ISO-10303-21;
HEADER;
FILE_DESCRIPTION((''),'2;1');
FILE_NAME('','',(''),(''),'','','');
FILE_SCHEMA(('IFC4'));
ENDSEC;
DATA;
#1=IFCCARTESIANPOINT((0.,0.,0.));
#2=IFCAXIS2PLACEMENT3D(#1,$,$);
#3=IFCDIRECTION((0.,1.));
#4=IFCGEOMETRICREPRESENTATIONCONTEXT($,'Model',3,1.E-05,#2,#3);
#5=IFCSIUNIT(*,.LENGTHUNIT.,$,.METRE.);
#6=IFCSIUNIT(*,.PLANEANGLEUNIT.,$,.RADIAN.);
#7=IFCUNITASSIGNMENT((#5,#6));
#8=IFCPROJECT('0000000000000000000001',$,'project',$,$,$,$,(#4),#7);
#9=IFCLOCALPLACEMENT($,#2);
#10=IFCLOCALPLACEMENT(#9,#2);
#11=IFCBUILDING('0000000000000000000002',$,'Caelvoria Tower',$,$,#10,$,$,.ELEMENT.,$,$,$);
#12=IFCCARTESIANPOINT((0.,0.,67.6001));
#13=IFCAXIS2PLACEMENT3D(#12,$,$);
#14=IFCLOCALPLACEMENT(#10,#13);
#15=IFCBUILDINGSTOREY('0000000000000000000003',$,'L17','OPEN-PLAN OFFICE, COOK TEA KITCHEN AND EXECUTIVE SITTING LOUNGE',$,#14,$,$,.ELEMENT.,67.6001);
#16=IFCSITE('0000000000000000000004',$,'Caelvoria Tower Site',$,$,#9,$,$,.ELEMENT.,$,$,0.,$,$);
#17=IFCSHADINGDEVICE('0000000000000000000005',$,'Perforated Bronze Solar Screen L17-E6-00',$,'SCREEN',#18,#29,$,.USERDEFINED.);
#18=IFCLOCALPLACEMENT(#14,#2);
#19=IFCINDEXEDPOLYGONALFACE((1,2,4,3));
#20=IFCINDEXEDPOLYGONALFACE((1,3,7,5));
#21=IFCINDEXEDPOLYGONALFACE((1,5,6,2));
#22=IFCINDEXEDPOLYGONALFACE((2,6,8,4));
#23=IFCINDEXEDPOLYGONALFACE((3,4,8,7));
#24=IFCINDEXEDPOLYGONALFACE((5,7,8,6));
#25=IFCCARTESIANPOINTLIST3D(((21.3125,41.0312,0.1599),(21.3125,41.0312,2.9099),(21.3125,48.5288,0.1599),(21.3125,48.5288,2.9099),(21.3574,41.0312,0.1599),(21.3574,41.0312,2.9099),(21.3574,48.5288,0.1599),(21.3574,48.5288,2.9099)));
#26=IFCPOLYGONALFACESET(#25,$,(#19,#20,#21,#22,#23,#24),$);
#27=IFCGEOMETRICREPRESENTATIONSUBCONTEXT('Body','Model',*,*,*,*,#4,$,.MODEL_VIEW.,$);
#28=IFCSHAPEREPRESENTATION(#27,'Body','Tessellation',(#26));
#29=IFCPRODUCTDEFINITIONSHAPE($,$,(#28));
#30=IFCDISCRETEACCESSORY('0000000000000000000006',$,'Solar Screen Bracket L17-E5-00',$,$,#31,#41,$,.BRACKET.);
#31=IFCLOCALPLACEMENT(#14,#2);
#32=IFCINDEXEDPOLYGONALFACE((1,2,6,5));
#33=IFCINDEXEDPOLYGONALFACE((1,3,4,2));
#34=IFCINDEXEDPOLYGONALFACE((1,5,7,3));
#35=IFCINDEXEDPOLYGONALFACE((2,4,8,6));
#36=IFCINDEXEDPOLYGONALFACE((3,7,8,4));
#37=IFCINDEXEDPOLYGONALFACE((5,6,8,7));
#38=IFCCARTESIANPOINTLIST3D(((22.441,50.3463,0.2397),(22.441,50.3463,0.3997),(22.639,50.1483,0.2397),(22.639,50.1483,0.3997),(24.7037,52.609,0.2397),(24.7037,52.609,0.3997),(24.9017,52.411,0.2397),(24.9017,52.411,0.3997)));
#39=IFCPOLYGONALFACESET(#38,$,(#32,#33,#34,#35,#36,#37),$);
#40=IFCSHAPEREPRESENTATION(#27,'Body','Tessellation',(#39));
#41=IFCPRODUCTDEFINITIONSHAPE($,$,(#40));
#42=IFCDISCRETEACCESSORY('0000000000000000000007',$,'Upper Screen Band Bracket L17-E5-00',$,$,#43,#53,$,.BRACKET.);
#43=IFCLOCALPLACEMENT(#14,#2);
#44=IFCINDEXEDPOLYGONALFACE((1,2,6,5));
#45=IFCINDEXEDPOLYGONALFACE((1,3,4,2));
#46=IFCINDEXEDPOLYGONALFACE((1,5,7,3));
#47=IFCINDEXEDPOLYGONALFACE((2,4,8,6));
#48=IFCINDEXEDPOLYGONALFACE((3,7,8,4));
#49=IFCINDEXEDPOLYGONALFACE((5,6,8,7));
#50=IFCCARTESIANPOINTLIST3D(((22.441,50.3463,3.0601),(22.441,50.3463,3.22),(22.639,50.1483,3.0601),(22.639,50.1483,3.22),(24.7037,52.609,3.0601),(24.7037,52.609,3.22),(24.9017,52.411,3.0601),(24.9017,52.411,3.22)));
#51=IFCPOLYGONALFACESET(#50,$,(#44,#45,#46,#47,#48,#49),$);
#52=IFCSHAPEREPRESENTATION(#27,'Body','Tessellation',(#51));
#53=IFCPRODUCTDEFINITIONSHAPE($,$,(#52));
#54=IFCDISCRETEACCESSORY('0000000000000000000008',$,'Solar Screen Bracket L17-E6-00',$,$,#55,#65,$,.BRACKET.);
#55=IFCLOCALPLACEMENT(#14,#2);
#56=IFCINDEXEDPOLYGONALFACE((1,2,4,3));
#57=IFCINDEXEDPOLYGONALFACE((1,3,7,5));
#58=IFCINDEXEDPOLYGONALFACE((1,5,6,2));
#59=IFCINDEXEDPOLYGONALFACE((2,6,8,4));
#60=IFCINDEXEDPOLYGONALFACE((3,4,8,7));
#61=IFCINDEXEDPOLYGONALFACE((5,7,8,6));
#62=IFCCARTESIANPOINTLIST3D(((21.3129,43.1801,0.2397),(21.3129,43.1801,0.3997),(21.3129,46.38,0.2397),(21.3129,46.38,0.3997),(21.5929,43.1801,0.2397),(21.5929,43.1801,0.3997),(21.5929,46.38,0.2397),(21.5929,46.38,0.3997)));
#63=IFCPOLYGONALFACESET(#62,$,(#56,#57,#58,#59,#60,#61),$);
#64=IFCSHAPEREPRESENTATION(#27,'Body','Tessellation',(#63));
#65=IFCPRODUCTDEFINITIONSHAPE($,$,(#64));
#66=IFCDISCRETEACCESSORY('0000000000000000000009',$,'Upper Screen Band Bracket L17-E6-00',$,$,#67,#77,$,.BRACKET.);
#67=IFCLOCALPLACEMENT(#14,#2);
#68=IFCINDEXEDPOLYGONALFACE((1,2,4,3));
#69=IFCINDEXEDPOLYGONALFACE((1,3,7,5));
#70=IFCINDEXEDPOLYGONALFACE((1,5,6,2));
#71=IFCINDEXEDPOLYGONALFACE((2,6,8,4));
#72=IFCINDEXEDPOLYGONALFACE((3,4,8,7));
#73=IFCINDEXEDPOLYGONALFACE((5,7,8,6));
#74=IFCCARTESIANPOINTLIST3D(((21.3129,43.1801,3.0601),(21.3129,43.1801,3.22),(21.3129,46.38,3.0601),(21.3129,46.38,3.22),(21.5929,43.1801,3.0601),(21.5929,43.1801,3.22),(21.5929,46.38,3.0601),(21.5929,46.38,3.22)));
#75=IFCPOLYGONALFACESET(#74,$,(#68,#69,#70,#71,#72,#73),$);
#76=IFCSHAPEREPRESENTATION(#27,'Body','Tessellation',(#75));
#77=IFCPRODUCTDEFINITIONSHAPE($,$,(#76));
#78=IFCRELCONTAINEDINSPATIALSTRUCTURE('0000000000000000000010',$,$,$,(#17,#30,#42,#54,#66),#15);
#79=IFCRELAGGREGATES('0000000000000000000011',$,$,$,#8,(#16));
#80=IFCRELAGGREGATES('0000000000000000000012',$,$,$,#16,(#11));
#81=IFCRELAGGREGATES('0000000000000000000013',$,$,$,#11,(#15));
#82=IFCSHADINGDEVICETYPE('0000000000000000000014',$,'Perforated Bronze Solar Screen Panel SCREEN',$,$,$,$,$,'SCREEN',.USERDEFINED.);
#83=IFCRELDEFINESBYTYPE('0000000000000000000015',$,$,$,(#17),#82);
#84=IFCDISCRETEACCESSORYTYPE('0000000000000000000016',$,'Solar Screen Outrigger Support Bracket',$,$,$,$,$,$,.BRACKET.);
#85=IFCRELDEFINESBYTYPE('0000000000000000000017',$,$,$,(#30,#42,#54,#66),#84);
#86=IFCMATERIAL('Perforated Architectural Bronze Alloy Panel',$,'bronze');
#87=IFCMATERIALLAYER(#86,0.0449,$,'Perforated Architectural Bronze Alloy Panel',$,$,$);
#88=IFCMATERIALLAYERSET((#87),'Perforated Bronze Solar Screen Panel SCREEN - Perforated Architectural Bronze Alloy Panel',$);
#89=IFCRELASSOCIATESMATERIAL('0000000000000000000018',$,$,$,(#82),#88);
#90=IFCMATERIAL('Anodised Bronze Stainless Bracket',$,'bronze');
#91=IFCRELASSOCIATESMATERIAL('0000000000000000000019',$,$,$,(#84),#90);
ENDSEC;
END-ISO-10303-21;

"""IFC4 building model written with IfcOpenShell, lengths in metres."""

from ifc_helpers import new_model, si_unit, direction, frame, origin, origin_2d, place, context, subcontext, project, spatial, rectangle, extrude, material, layer, layer_set, type_object, element, save


model = new_model("IFC4")

# Units and contexts
model_context = context("Model", 3, precision=1e-05, world=origin(), true_north=direction((0.0, 1.0)))
body_context = subcontext(model_context, "Body", "Model", "MODEL_VIEW")
ifc_project = project(units=[si_unit("LENGTHUNIT", "METRE"), si_unit("PLANEANGLEUNIT", "RADIAN")], contexts=[model_context])

# Site, building, storey
site_placement = place(None, origin())
site = spatial("IfcSite", under=ifc_project, at=site_placement, Name="Caelvoria Tower Site", CompositionType="ELEMENT", RefElevation=0.0)
building_placement = place(site_placement, origin())
building = spatial("IfcBuilding", under=site, at=building_placement, Name="Caelvoria Tower", CompositionType="ELEMENT")
storey_placement = place(building_placement, frame((0.0, 0.0, 67.6001)))
storey = spatial("IfcBuildingStorey", under=building, at=storey_placement, Name="L17", Description="OPEN-PLAN OFFICE, COOK TEA KITCHEN AND EXECUTIVE SITTING LOUNGE", CompositionType="ELEMENT", Elevation=67.6001)

# Shading device
ifc_material_1 = material(Name="Perforated Architectural Bronze Alloy Panel", Category="bronze")
ifc_layer_1 = layer(ifc_material_1, 0.0449, Name="Perforated Architectural Bronze Alloy Panel")
ifc_layer_set_1 = layer_set([ifc_layer_1], Name="Perforated Bronze Solar Screen Panel SCREEN - Perforated Architectural Bronze Alloy Panel")
shading_device_type = type_object("IfcShadingDeviceType", Name="Perforated Bronze Solar Screen Panel SCREEN", ElementType="SCREEN", PredefinedType="USERDEFINED", material=ifc_layer_set_1)
shading_device_1_placement = place(storey_placement, frame((21.335, 44.78, 0.1599), z_axis=(0.0, 0.0, 1.0), x_axis=(0.0, -1.0, 0.0)))
element("IfcShadingDevice", 1, at=shading_device_1_placement, inside=storey, type_object=shading_device_type, Name="Perforated Bronze Solar Screen L17-E6-00", ObjectType="SCREEN", PredefinedType="USERDEFINED", context=body_context, shape_type="SweptSolid", body=[
    extrude(rectangle(XDim=7.4976, YDim=0.0449, at=origin_2d()), origin(), (0.0, 0.0, 1.0), 2.75),
])

# Discrete accessories
ifc_material_2 = material(Name="Anodised Bronze Stainless Bracket", Category="bronze")
discrete_accessory_type = type_object("IfcDiscreteAccessoryType", Name="Solar Screen Outrigger Support Bracket", PredefinedType="BRACKET", material=ifc_material_2)
for number, where, z_axis, x_axis, name in (
    (2, (23.6714, 51.3787, 0.2397), (0.0, 0.0, 1.0), (-0.707107, -0.707107, 0.0), "Solar Screen Bracket L17-E5-00"),
    (3, (23.6714, 51.3787, 3.0601), (0.0, 0.0, 1.0), (-0.707107, -0.707107, 0.0), "Upper Screen Band Bracket L17-E5-00"),
    (4, (21.4529, 44.78, 0.2397), (0.0, 0.0, 1.0), (0.0, -1.0, 0.0), "Solar Screen Bracket L17-E6-00"),
    (5, (21.4529, 44.78, 3.0601), (0.0, 0.0, 1.0), (0.0, -1.0, 0.0), "Upper Screen Band Bracket L17-E6-00"),
):
    element("IfcDiscreteAccessory", number, at=place(storey_placement, frame(where, z_axis=z_axis, x_axis=x_axis)), inside=storey, type_object=discrete_accessory_type, Name=name, PredefinedType="BRACKET", context=body_context, shape_type="SweptSolid", body=[
        extrude(rectangle(XDim=3.2, YDim=0.28, at=origin_2d()), origin(), (0.0, 0.0, 1.0), 0.1599),
    ])

save(model, "model.ifc")
